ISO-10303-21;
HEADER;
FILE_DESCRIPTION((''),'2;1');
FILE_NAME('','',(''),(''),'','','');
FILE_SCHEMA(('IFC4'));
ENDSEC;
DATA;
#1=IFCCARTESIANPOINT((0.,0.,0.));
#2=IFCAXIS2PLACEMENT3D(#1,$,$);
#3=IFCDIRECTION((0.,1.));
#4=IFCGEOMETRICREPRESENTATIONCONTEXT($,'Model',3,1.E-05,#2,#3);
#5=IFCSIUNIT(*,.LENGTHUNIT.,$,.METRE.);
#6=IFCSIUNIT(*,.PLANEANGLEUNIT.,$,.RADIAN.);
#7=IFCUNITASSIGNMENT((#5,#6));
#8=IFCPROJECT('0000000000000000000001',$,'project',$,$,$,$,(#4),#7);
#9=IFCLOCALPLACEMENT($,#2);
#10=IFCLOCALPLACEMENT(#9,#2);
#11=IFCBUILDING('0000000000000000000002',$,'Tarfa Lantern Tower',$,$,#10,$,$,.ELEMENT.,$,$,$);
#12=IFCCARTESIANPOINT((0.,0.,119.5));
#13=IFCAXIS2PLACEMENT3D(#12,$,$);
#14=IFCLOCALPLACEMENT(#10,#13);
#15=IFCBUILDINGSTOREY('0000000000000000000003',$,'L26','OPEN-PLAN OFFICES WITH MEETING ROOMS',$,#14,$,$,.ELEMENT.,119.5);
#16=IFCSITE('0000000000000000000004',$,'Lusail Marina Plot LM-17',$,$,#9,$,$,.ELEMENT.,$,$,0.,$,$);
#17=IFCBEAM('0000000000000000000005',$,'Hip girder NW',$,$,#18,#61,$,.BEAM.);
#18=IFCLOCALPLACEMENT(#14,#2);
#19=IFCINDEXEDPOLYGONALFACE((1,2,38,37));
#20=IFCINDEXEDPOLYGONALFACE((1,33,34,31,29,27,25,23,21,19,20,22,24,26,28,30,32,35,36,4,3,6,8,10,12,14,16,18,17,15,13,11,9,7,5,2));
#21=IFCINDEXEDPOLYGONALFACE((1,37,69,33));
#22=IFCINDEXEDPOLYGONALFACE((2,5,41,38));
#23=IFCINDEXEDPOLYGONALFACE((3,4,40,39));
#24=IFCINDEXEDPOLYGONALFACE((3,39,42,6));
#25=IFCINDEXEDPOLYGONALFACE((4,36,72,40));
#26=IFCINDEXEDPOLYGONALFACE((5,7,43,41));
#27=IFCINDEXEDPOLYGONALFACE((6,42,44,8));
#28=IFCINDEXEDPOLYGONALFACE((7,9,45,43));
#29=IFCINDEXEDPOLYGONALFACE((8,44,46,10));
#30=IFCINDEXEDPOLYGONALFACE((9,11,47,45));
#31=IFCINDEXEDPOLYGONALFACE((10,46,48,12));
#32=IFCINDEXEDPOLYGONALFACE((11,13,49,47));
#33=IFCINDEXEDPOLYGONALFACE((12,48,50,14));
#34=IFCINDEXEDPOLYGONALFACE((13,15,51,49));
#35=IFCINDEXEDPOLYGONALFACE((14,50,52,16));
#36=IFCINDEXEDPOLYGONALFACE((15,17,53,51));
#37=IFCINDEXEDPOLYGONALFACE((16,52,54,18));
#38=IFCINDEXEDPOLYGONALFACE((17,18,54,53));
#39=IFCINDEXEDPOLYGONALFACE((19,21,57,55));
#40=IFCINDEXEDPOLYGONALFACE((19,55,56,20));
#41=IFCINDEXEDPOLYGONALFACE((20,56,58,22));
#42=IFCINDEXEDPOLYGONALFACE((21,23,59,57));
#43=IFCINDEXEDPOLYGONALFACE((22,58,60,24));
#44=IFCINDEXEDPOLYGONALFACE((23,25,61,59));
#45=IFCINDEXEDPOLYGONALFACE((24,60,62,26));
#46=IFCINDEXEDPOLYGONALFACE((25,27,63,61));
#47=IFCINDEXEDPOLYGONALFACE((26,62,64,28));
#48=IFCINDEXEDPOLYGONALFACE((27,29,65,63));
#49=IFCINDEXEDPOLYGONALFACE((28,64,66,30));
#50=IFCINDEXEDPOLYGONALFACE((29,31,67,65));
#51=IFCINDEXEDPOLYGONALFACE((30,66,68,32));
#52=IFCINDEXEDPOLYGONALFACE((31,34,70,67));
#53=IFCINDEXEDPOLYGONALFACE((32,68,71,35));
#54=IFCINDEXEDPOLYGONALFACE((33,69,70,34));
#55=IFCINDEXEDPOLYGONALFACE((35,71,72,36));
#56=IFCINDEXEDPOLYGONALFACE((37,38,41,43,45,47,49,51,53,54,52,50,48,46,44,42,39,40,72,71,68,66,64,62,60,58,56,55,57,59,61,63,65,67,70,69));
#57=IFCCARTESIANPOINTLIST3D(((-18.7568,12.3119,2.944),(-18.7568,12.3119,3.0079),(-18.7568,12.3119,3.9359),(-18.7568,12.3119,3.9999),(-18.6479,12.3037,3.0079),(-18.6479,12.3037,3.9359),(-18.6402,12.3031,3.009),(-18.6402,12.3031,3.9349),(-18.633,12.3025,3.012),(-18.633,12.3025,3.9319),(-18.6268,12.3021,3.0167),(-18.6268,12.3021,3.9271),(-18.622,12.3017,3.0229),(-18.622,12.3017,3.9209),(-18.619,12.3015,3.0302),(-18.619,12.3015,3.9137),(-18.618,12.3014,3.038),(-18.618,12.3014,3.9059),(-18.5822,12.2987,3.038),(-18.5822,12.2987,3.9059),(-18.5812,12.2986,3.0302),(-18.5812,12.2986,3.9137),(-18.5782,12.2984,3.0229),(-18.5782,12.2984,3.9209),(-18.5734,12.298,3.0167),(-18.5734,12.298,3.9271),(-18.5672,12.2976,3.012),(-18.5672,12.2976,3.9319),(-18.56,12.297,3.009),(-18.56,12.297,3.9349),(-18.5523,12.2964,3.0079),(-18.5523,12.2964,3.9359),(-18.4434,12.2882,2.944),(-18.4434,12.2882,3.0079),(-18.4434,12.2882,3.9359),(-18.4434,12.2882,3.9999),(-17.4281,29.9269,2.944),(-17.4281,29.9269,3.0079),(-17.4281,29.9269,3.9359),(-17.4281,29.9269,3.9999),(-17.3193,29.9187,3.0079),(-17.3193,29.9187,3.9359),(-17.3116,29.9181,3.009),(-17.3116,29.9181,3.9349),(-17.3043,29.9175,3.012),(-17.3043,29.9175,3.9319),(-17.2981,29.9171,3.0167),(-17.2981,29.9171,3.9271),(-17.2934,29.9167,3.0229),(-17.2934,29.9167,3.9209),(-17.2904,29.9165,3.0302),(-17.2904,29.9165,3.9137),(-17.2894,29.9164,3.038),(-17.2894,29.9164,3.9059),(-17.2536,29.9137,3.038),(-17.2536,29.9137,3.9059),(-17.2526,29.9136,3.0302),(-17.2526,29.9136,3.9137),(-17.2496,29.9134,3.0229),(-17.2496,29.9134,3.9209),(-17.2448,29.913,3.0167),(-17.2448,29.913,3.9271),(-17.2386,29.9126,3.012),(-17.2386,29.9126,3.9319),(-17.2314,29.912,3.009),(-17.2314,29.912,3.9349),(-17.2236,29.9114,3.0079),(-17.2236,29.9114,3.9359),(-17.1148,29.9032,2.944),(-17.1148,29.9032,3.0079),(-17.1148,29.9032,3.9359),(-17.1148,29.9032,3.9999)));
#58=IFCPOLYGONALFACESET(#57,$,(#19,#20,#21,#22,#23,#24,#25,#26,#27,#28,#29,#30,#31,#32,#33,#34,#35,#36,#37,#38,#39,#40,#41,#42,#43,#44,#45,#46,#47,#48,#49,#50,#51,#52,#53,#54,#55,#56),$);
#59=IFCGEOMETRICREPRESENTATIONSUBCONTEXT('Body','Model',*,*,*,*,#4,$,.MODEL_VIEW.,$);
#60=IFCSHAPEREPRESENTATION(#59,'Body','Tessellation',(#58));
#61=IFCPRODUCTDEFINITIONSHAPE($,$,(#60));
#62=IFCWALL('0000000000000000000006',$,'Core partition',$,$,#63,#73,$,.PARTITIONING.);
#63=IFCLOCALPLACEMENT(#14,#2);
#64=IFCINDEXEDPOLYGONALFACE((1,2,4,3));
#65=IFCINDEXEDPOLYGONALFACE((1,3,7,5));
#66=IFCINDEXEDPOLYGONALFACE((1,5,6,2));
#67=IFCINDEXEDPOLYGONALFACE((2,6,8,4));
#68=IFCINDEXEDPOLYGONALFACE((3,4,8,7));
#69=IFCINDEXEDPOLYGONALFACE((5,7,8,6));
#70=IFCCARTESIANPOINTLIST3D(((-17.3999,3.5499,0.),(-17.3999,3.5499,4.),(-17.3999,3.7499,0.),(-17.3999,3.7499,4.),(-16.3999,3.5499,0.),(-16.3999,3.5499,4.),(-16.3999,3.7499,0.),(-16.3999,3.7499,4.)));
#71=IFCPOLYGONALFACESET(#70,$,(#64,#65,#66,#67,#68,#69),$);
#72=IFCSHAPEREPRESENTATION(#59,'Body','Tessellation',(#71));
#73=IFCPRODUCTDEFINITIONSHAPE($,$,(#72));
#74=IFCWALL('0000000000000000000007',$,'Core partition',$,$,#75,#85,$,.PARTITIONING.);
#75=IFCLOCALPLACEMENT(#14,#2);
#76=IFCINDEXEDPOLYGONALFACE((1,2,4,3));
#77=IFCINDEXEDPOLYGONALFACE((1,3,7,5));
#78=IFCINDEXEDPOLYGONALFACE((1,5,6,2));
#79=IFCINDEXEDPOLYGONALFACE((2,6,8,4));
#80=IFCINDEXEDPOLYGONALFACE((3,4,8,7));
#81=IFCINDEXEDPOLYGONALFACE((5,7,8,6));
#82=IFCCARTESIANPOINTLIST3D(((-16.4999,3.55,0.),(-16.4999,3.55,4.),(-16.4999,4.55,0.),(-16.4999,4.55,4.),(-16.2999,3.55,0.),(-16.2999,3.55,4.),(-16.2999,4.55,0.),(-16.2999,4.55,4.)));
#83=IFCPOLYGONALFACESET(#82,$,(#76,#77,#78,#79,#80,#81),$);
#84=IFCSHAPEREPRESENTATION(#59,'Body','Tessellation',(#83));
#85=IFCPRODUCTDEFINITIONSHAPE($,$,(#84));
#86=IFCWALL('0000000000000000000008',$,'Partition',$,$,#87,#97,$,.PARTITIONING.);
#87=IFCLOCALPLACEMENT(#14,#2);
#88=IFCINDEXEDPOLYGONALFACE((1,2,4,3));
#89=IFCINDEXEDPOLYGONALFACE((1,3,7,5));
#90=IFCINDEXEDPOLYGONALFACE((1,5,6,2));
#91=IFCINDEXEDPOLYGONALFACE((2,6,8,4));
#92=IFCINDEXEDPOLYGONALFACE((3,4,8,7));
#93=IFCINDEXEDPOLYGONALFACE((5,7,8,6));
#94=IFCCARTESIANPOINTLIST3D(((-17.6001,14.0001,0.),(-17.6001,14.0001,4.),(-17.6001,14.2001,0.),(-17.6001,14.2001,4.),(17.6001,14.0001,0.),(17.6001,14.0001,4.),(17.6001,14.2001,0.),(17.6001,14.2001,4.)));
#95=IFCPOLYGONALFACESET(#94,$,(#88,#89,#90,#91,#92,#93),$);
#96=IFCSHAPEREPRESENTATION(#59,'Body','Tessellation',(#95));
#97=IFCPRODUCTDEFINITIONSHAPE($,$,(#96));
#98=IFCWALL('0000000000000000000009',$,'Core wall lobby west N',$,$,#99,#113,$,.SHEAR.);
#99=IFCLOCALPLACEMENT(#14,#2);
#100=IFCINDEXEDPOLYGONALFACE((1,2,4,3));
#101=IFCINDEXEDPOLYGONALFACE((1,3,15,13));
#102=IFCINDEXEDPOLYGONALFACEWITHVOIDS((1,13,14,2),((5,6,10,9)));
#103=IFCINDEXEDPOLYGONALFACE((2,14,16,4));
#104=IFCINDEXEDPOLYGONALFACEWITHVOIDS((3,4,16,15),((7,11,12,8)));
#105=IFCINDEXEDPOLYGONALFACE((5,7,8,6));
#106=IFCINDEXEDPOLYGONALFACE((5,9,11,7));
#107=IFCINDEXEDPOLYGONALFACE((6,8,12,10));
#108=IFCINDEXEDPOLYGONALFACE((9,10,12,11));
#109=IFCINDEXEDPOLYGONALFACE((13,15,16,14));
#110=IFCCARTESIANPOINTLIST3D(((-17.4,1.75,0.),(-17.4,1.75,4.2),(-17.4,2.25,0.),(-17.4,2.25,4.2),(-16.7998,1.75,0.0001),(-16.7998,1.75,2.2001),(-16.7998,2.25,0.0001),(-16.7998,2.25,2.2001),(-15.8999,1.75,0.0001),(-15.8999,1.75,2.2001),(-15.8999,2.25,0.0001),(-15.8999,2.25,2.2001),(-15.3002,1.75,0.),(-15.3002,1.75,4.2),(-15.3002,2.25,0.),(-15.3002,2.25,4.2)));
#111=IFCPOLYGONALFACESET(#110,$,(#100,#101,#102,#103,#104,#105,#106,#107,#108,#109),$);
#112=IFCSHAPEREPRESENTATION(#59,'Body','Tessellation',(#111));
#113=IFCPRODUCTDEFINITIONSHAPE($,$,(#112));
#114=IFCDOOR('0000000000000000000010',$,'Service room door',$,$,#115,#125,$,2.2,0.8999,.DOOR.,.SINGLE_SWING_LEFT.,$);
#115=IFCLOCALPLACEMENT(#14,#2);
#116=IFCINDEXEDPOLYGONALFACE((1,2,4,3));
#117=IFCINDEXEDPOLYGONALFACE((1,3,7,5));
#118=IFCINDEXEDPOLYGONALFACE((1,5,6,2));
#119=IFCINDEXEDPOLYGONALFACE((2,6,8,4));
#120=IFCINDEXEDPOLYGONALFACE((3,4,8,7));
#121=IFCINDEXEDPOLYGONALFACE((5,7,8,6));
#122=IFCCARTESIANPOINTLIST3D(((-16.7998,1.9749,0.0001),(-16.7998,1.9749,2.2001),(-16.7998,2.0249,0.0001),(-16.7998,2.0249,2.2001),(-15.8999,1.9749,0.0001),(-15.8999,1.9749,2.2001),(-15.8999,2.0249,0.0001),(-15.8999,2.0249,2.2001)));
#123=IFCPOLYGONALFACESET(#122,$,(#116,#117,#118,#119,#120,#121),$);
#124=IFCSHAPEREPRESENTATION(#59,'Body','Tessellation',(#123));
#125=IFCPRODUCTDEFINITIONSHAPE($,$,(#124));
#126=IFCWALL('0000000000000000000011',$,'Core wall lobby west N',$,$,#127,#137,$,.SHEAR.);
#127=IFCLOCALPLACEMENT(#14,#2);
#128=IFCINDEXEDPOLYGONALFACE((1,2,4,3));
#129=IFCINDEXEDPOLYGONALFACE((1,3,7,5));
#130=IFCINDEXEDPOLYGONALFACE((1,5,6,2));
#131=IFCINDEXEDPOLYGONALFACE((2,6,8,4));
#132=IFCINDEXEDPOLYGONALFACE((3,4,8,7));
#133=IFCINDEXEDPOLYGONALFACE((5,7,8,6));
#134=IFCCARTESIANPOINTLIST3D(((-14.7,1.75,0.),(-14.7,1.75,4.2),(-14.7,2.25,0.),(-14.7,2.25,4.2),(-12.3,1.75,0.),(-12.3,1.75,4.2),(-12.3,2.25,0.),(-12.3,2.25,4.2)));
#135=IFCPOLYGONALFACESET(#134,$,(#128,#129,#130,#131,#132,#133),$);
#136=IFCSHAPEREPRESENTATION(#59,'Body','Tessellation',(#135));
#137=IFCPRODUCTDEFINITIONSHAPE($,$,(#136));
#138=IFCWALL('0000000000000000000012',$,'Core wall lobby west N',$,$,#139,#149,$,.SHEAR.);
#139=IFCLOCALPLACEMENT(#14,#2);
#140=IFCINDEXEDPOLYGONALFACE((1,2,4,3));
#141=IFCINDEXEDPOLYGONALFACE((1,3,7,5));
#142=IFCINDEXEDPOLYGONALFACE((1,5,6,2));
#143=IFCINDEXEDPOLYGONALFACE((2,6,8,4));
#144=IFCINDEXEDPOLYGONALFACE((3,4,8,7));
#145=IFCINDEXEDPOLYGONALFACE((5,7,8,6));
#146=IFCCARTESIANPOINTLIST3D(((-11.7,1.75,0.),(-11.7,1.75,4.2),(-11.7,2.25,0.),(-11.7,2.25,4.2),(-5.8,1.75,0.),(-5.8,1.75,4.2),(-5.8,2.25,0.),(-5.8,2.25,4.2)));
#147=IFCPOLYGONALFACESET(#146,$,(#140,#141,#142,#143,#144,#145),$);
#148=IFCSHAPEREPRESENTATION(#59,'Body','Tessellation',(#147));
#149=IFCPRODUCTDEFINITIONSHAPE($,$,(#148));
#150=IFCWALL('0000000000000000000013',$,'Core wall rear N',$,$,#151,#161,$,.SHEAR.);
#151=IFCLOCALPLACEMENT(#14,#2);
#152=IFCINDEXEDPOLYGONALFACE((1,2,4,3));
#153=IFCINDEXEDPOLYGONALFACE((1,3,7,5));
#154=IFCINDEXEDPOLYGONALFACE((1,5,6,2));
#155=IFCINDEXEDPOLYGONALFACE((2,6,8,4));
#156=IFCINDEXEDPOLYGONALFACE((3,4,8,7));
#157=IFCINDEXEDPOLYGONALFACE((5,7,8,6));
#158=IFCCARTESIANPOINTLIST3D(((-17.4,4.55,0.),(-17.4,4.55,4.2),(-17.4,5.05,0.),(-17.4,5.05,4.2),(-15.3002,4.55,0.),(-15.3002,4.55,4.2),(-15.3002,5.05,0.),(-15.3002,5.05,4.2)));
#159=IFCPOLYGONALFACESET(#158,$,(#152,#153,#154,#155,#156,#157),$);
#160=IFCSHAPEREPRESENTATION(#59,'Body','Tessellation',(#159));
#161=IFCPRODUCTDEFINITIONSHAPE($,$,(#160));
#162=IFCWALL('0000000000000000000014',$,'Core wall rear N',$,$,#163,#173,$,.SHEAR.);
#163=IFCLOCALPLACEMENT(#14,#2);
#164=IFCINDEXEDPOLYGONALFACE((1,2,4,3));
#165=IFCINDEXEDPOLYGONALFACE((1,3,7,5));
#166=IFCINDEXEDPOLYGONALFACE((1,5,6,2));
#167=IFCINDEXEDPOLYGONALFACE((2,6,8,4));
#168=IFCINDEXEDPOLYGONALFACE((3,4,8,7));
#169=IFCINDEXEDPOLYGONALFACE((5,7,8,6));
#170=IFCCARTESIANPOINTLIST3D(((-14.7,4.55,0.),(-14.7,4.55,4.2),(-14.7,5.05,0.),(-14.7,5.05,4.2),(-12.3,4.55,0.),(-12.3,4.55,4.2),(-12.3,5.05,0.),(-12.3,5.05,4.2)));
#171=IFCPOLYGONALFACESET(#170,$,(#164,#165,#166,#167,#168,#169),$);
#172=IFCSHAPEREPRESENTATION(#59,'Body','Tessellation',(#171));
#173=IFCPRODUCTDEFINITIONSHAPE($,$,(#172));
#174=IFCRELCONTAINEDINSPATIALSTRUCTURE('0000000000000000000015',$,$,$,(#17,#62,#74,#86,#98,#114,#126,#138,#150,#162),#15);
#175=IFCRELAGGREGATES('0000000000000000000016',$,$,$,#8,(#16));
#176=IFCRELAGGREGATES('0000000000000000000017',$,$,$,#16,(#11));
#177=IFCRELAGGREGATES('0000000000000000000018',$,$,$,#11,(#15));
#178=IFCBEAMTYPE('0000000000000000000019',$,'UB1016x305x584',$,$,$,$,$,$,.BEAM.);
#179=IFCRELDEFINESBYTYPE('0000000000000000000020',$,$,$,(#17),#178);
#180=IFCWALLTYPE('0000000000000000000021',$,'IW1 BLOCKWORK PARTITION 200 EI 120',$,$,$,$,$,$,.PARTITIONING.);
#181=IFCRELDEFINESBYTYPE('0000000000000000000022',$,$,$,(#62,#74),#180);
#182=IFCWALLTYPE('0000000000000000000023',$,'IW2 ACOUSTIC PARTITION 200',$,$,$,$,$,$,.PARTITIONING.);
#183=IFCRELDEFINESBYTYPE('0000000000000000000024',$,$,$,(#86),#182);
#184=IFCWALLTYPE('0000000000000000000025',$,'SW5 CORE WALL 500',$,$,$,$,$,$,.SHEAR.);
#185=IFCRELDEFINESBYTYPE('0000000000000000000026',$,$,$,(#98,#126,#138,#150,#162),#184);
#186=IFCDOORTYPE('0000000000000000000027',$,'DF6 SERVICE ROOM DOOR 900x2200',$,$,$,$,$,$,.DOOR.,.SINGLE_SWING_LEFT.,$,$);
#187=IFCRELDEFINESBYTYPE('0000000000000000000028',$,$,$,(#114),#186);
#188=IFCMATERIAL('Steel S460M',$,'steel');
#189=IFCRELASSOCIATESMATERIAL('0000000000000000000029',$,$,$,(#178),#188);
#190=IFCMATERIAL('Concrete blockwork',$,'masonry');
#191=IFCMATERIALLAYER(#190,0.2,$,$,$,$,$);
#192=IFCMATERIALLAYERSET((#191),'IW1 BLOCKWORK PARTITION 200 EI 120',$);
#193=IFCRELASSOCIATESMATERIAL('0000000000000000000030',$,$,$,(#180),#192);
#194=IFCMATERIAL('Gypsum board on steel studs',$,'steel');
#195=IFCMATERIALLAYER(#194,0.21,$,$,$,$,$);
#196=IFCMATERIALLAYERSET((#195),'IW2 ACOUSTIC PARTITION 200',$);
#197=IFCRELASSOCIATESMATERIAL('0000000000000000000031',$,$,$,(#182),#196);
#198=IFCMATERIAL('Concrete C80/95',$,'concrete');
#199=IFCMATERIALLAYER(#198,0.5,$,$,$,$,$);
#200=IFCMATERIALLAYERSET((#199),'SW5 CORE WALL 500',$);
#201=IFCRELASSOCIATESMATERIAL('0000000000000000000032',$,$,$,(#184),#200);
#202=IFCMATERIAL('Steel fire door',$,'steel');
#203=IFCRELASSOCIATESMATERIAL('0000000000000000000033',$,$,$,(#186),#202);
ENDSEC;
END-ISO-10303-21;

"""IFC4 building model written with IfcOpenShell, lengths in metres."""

from ifc_helpers import new_model, si_unit, direction, frame, frame_2d, origin, origin_2d, place, context, subcontext, project, spatial, rectangle, i_section, extrude, material, layer, layer_set, material_profile, profile_set, type_object, element, fill, save


model = new_model("IFC4")

# Units and contexts
model_context = context("Model", 3, precision=1e-05, world=origin(), true_north=direction((0.0, 1.0)))
body_context = subcontext(model_context, "Body", "Model", "MODEL_VIEW")
ifc_project = project(units=[si_unit("LENGTHUNIT", "METRE"), si_unit("PLANEANGLEUNIT", "RADIAN")], contexts=[model_context])

# Site, building, storey
site_placement = place(None, origin())
site = spatial("IfcSite", under=ifc_project, at=site_placement, Name="Lusail Marina Plot LM-17", CompositionType="ELEMENT", RefElevation=0.0)
building_placement = place(site_placement, origin())
building = spatial("IfcBuilding", under=site, at=building_placement, Name="Tarfa Lantern Tower", CompositionType="ELEMENT")
storey_placement = place(building_placement, frame((0.0, 0.0, 119.5)))
storey = spatial("IfcBuildingStorey", under=building, at=storey_placement, Name="L26", Description="OPEN-PLAN OFFICES WITH MEETING ROOMS", CompositionType="ELEMENT", Elevation=119.5)

# Beam
ifc_material_1 = material(Name="Steel S460M", Category="steel")
ifc_material_profile = material_profile(ifc_material_1, i_section(OverallWidth=0.3142, OverallDepth=1.0559, WebThickness=0.0359, FlangeThickness=0.064, FilletRadius=0.03, at=origin_2d()), Name="UB1016x305x584")
ifc_profile_set = profile_set([ifc_material_profile], Name="Steel S460M")
beam_type = type_object("IfcBeamType", Name="UB1016x305x584", PredefinedType="BEAM", material=ifc_profile_set)
beam_placement = place(storey_placement, frame((-18.6001, 12.3, 3.4719), z_axis=(0.075212, 0.997168, 0.0), x_axis=(-0.997168, 0.075212, 0.0)))
element("IfcBeam", 1, at=beam_placement, inside=storey, type_object=beam_type, Name="Hip girder NW", PredefinedType="BEAM", context=body_context, shape_type="SweptSolid", body=[
    extrude(i_section(OverallWidth=0.3142, OverallDepth=1.0559, WebThickness=0.0359, FlangeThickness=0.064, FilletRadius=0.03, at=origin_2d()), origin(), (0.0, 0.0, 1.0), 17.665),
])

# Walls
ifc_material_2 = material(Name="Concrete blockwork", Category="masonry")
ifc_layer_1 = layer(ifc_material_2, 0.2)
ifc_layer_set_1 = layer_set([ifc_layer_1], Name="IW1 BLOCKWORK PARTITION 200 EI 120")
wall_type_1 = type_object("IfcWallType", Name="IW1 BLOCKWORK PARTITION 200 EI 120", PredefinedType="PARTITIONING", material=ifc_layer_set_1)
for number, where, z_axis, x_axis, name in (
    (2, (-17.3999, 3.6499, 0.0), (0.0, 0.0, 1.0), (1.0, 0.0, 0.0), "Core partition"),
    (3, (-16.3999, 3.55, 0.0), (0.0, 0.0, 1.0), (0.0, 1.0, 0.0), "Core partition"),
):
    element("IfcWall", number, at=place(storey_placement, frame(where, z_axis=z_axis, x_axis=x_axis)), inside=storey, type_object=wall_type_1, Name=name, PredefinedType="PARTITIONING", context=body_context, shape_type="SweptSolid", body=[
        extrude(rectangle(XDim=1.0, YDim=0.2, at=frame_2d((0.5, 0.0))), origin(), (0.0, 0.0, 1.0), 4.0),
    ])
ifc_material_3 = material(Name="Gypsum board on steel studs", Category="steel")
ifc_layer_2 = layer(ifc_material_3, 0.21)
ifc_layer_set_2 = layer_set([ifc_layer_2], Name="IW2 ACOUSTIC PARTITION 200")
wall_type_2 = type_object("IfcWallType", Name="IW2 ACOUSTIC PARTITION 200", PredefinedType="PARTITIONING", material=ifc_layer_set_2)
wall_1_placement = place(storey_placement, frame((-17.6001, 14.1001, 0.0), z_axis=(0.0, 0.0, 1.0), x_axis=(1.0, 0.0, 0.0)))
element("IfcWall", 4, at=wall_1_placement, inside=storey, type_object=wall_type_2, Name="Partition", PredefinedType="PARTITIONING", context=body_context, shape_type="SweptSolid", body=[
    extrude(rectangle(XDim=35.2002, YDim=0.2, at=frame_2d((17.6001, 0.0))), origin(), (0.0, 0.0, 1.0), 4.0),
])

# Wall, opening, door
ifc_material_4 = material(Name="Concrete C80/95", Category="concrete")
ifc_material_5 = material(Name="Steel fire door", Category="steel")
ifc_layer_3 = layer(ifc_material_4, 0.5)
ifc_layer_set_3 = layer_set([ifc_layer_3], Name="SW5 CORE WALL 500")
wall_type_3 = type_object("IfcWallType", Name="SW5 CORE WALL 500", PredefinedType="SHEAR", material=ifc_layer_set_3)
wall_2_placement = place(storey_placement, frame((-17.3999, 2.0, 0.0), z_axis=(0.0, 0.0, 1.0), x_axis=(1.0, 0.0, 0.0)))
wall_2 = element("IfcWall", 5, at=wall_2_placement, inside=storey, type_object=wall_type_3, Name="Core wall lobby west N", PredefinedType="SHEAR", context=body_context, shape_type="SweptSolid", body=[
    extrude(rectangle(XDim=2.0999, YDim=0.5, at=frame_2d((1.0498, 0.0))), origin(), (0.0, 0.0, 1.0), 4.2),
])
opening_1_placement = place(wall_2_placement, frame((0.6001, 0.0, 0.0)))
opening_1 = element("IfcOpeningElement", 6, at=opening_1_placement, cuts=wall_2, PredefinedType="OPENING", context=body_context, shape_type="SweptSolid", body=[
    extrude(rectangle(XDim=0.8999, YDim=2.2, at=frame_2d((0.45, 1.1001))), frame((0.0, 0.26, 0.0), z_axis=(0.0, -1.0, 0.0), x_axis=(1.0, 0.0, 0.0)), (0.0, 0.0, 1.0), 0.52),
])
door_type_1 = type_object("IfcDoorType", Name="DF6 SERVICE ROOM DOOR 900x2200", OperationType="SINGLE_SWING_LEFT", PredefinedType="DOOR", material=ifc_material_5)
door_1_placement = place(opening_1_placement, origin())
door_1 = element("IfcDoor", 7, at=door_1_placement, inside=storey, type_object=door_type_1, Name="Service room door", OperationType="SINGLE_SWING_LEFT", OverallHeight=2.2, OverallWidth=0.8999, PredefinedType="DOOR", context=body_context, shape_type="SweptSolid", body=[
    extrude(rectangle(XDim=0.8999, YDim=2.2, at=frame_2d((0.45, 1.1001))), frame((0.0, 0.0249, 0.0), z_axis=(0.0, -1.0, 0.0), x_axis=(1.0, 0.0, 0.0)), (0.0, 0.0, 1.0), 0.05),
])
fill(opening_1, door_1)

# Walls
wall_3_placement = place(storey_placement, frame((-14.7, 2.0, 0.0), z_axis=(0.0, 0.0, 1.0), x_axis=(1.0, 0.0, 0.0)))
element("IfcWall", 8, at=wall_3_placement, inside=storey, type_object=wall_type_3, Name="Core wall lobby west N", PredefinedType="SHEAR", context=body_context, shape_type="SweptSolid", body=[
    extrude(rectangle(XDim=2.3999, YDim=0.5, at=frame_2d((1.2, 0.0))), origin(), (0.0, 0.0, 1.0), 4.2),
])
wall_4_placement = place(storey_placement, frame((-11.7, 2.0, 0.0), z_axis=(0.0, 0.0, 1.0), x_axis=(1.0, 0.0, 0.0)))
element("IfcWall", 9, at=wall_4_placement, inside=storey, type_object=wall_type_3, Name="Core wall lobby west N", PredefinedType="SHEAR", context=body_context, shape_type="SweptSolid", body=[
    extrude(rectangle(XDim=5.8999, YDim=0.5, at=frame_2d((2.95, 0.0))), origin(), (0.0, 0.0, 1.0), 4.2),
])
wall_5_placement = place(storey_placement, frame((-17.3999, 4.8, 0.0), z_axis=(0.0, 0.0, 1.0), x_axis=(1.0, 0.0, 0.0)))
element("IfcWall", 10, at=wall_5_placement, inside=storey, type_object=wall_type_3, Name="Core wall rear N", PredefinedType="SHEAR", context=body_context, shape_type="SweptSolid", body=[
    extrude(rectangle(XDim=2.0999, YDim=0.5, at=frame_2d((1.0498, 0.0))), origin(), (0.0, 0.0, 1.0), 4.2),
])
wall_6_placement = place(storey_placement, frame((-14.7, 4.8, 0.0), z_axis=(0.0, 0.0, 1.0), x_axis=(1.0, 0.0, 0.0)))
element("IfcWall", 11, at=wall_6_placement, inside=storey, type_object=wall_type_3, Name="Core wall rear N", PredefinedType="SHEAR", context=body_context, shape_type="SweptSolid", body=[
    extrude(rectangle(XDim=2.3999, YDim=0.5, at=frame_2d((1.2, 0.0))), origin(), (0.0, 0.0, 1.0), 4.2),
])

save(model, "model.ifc")
